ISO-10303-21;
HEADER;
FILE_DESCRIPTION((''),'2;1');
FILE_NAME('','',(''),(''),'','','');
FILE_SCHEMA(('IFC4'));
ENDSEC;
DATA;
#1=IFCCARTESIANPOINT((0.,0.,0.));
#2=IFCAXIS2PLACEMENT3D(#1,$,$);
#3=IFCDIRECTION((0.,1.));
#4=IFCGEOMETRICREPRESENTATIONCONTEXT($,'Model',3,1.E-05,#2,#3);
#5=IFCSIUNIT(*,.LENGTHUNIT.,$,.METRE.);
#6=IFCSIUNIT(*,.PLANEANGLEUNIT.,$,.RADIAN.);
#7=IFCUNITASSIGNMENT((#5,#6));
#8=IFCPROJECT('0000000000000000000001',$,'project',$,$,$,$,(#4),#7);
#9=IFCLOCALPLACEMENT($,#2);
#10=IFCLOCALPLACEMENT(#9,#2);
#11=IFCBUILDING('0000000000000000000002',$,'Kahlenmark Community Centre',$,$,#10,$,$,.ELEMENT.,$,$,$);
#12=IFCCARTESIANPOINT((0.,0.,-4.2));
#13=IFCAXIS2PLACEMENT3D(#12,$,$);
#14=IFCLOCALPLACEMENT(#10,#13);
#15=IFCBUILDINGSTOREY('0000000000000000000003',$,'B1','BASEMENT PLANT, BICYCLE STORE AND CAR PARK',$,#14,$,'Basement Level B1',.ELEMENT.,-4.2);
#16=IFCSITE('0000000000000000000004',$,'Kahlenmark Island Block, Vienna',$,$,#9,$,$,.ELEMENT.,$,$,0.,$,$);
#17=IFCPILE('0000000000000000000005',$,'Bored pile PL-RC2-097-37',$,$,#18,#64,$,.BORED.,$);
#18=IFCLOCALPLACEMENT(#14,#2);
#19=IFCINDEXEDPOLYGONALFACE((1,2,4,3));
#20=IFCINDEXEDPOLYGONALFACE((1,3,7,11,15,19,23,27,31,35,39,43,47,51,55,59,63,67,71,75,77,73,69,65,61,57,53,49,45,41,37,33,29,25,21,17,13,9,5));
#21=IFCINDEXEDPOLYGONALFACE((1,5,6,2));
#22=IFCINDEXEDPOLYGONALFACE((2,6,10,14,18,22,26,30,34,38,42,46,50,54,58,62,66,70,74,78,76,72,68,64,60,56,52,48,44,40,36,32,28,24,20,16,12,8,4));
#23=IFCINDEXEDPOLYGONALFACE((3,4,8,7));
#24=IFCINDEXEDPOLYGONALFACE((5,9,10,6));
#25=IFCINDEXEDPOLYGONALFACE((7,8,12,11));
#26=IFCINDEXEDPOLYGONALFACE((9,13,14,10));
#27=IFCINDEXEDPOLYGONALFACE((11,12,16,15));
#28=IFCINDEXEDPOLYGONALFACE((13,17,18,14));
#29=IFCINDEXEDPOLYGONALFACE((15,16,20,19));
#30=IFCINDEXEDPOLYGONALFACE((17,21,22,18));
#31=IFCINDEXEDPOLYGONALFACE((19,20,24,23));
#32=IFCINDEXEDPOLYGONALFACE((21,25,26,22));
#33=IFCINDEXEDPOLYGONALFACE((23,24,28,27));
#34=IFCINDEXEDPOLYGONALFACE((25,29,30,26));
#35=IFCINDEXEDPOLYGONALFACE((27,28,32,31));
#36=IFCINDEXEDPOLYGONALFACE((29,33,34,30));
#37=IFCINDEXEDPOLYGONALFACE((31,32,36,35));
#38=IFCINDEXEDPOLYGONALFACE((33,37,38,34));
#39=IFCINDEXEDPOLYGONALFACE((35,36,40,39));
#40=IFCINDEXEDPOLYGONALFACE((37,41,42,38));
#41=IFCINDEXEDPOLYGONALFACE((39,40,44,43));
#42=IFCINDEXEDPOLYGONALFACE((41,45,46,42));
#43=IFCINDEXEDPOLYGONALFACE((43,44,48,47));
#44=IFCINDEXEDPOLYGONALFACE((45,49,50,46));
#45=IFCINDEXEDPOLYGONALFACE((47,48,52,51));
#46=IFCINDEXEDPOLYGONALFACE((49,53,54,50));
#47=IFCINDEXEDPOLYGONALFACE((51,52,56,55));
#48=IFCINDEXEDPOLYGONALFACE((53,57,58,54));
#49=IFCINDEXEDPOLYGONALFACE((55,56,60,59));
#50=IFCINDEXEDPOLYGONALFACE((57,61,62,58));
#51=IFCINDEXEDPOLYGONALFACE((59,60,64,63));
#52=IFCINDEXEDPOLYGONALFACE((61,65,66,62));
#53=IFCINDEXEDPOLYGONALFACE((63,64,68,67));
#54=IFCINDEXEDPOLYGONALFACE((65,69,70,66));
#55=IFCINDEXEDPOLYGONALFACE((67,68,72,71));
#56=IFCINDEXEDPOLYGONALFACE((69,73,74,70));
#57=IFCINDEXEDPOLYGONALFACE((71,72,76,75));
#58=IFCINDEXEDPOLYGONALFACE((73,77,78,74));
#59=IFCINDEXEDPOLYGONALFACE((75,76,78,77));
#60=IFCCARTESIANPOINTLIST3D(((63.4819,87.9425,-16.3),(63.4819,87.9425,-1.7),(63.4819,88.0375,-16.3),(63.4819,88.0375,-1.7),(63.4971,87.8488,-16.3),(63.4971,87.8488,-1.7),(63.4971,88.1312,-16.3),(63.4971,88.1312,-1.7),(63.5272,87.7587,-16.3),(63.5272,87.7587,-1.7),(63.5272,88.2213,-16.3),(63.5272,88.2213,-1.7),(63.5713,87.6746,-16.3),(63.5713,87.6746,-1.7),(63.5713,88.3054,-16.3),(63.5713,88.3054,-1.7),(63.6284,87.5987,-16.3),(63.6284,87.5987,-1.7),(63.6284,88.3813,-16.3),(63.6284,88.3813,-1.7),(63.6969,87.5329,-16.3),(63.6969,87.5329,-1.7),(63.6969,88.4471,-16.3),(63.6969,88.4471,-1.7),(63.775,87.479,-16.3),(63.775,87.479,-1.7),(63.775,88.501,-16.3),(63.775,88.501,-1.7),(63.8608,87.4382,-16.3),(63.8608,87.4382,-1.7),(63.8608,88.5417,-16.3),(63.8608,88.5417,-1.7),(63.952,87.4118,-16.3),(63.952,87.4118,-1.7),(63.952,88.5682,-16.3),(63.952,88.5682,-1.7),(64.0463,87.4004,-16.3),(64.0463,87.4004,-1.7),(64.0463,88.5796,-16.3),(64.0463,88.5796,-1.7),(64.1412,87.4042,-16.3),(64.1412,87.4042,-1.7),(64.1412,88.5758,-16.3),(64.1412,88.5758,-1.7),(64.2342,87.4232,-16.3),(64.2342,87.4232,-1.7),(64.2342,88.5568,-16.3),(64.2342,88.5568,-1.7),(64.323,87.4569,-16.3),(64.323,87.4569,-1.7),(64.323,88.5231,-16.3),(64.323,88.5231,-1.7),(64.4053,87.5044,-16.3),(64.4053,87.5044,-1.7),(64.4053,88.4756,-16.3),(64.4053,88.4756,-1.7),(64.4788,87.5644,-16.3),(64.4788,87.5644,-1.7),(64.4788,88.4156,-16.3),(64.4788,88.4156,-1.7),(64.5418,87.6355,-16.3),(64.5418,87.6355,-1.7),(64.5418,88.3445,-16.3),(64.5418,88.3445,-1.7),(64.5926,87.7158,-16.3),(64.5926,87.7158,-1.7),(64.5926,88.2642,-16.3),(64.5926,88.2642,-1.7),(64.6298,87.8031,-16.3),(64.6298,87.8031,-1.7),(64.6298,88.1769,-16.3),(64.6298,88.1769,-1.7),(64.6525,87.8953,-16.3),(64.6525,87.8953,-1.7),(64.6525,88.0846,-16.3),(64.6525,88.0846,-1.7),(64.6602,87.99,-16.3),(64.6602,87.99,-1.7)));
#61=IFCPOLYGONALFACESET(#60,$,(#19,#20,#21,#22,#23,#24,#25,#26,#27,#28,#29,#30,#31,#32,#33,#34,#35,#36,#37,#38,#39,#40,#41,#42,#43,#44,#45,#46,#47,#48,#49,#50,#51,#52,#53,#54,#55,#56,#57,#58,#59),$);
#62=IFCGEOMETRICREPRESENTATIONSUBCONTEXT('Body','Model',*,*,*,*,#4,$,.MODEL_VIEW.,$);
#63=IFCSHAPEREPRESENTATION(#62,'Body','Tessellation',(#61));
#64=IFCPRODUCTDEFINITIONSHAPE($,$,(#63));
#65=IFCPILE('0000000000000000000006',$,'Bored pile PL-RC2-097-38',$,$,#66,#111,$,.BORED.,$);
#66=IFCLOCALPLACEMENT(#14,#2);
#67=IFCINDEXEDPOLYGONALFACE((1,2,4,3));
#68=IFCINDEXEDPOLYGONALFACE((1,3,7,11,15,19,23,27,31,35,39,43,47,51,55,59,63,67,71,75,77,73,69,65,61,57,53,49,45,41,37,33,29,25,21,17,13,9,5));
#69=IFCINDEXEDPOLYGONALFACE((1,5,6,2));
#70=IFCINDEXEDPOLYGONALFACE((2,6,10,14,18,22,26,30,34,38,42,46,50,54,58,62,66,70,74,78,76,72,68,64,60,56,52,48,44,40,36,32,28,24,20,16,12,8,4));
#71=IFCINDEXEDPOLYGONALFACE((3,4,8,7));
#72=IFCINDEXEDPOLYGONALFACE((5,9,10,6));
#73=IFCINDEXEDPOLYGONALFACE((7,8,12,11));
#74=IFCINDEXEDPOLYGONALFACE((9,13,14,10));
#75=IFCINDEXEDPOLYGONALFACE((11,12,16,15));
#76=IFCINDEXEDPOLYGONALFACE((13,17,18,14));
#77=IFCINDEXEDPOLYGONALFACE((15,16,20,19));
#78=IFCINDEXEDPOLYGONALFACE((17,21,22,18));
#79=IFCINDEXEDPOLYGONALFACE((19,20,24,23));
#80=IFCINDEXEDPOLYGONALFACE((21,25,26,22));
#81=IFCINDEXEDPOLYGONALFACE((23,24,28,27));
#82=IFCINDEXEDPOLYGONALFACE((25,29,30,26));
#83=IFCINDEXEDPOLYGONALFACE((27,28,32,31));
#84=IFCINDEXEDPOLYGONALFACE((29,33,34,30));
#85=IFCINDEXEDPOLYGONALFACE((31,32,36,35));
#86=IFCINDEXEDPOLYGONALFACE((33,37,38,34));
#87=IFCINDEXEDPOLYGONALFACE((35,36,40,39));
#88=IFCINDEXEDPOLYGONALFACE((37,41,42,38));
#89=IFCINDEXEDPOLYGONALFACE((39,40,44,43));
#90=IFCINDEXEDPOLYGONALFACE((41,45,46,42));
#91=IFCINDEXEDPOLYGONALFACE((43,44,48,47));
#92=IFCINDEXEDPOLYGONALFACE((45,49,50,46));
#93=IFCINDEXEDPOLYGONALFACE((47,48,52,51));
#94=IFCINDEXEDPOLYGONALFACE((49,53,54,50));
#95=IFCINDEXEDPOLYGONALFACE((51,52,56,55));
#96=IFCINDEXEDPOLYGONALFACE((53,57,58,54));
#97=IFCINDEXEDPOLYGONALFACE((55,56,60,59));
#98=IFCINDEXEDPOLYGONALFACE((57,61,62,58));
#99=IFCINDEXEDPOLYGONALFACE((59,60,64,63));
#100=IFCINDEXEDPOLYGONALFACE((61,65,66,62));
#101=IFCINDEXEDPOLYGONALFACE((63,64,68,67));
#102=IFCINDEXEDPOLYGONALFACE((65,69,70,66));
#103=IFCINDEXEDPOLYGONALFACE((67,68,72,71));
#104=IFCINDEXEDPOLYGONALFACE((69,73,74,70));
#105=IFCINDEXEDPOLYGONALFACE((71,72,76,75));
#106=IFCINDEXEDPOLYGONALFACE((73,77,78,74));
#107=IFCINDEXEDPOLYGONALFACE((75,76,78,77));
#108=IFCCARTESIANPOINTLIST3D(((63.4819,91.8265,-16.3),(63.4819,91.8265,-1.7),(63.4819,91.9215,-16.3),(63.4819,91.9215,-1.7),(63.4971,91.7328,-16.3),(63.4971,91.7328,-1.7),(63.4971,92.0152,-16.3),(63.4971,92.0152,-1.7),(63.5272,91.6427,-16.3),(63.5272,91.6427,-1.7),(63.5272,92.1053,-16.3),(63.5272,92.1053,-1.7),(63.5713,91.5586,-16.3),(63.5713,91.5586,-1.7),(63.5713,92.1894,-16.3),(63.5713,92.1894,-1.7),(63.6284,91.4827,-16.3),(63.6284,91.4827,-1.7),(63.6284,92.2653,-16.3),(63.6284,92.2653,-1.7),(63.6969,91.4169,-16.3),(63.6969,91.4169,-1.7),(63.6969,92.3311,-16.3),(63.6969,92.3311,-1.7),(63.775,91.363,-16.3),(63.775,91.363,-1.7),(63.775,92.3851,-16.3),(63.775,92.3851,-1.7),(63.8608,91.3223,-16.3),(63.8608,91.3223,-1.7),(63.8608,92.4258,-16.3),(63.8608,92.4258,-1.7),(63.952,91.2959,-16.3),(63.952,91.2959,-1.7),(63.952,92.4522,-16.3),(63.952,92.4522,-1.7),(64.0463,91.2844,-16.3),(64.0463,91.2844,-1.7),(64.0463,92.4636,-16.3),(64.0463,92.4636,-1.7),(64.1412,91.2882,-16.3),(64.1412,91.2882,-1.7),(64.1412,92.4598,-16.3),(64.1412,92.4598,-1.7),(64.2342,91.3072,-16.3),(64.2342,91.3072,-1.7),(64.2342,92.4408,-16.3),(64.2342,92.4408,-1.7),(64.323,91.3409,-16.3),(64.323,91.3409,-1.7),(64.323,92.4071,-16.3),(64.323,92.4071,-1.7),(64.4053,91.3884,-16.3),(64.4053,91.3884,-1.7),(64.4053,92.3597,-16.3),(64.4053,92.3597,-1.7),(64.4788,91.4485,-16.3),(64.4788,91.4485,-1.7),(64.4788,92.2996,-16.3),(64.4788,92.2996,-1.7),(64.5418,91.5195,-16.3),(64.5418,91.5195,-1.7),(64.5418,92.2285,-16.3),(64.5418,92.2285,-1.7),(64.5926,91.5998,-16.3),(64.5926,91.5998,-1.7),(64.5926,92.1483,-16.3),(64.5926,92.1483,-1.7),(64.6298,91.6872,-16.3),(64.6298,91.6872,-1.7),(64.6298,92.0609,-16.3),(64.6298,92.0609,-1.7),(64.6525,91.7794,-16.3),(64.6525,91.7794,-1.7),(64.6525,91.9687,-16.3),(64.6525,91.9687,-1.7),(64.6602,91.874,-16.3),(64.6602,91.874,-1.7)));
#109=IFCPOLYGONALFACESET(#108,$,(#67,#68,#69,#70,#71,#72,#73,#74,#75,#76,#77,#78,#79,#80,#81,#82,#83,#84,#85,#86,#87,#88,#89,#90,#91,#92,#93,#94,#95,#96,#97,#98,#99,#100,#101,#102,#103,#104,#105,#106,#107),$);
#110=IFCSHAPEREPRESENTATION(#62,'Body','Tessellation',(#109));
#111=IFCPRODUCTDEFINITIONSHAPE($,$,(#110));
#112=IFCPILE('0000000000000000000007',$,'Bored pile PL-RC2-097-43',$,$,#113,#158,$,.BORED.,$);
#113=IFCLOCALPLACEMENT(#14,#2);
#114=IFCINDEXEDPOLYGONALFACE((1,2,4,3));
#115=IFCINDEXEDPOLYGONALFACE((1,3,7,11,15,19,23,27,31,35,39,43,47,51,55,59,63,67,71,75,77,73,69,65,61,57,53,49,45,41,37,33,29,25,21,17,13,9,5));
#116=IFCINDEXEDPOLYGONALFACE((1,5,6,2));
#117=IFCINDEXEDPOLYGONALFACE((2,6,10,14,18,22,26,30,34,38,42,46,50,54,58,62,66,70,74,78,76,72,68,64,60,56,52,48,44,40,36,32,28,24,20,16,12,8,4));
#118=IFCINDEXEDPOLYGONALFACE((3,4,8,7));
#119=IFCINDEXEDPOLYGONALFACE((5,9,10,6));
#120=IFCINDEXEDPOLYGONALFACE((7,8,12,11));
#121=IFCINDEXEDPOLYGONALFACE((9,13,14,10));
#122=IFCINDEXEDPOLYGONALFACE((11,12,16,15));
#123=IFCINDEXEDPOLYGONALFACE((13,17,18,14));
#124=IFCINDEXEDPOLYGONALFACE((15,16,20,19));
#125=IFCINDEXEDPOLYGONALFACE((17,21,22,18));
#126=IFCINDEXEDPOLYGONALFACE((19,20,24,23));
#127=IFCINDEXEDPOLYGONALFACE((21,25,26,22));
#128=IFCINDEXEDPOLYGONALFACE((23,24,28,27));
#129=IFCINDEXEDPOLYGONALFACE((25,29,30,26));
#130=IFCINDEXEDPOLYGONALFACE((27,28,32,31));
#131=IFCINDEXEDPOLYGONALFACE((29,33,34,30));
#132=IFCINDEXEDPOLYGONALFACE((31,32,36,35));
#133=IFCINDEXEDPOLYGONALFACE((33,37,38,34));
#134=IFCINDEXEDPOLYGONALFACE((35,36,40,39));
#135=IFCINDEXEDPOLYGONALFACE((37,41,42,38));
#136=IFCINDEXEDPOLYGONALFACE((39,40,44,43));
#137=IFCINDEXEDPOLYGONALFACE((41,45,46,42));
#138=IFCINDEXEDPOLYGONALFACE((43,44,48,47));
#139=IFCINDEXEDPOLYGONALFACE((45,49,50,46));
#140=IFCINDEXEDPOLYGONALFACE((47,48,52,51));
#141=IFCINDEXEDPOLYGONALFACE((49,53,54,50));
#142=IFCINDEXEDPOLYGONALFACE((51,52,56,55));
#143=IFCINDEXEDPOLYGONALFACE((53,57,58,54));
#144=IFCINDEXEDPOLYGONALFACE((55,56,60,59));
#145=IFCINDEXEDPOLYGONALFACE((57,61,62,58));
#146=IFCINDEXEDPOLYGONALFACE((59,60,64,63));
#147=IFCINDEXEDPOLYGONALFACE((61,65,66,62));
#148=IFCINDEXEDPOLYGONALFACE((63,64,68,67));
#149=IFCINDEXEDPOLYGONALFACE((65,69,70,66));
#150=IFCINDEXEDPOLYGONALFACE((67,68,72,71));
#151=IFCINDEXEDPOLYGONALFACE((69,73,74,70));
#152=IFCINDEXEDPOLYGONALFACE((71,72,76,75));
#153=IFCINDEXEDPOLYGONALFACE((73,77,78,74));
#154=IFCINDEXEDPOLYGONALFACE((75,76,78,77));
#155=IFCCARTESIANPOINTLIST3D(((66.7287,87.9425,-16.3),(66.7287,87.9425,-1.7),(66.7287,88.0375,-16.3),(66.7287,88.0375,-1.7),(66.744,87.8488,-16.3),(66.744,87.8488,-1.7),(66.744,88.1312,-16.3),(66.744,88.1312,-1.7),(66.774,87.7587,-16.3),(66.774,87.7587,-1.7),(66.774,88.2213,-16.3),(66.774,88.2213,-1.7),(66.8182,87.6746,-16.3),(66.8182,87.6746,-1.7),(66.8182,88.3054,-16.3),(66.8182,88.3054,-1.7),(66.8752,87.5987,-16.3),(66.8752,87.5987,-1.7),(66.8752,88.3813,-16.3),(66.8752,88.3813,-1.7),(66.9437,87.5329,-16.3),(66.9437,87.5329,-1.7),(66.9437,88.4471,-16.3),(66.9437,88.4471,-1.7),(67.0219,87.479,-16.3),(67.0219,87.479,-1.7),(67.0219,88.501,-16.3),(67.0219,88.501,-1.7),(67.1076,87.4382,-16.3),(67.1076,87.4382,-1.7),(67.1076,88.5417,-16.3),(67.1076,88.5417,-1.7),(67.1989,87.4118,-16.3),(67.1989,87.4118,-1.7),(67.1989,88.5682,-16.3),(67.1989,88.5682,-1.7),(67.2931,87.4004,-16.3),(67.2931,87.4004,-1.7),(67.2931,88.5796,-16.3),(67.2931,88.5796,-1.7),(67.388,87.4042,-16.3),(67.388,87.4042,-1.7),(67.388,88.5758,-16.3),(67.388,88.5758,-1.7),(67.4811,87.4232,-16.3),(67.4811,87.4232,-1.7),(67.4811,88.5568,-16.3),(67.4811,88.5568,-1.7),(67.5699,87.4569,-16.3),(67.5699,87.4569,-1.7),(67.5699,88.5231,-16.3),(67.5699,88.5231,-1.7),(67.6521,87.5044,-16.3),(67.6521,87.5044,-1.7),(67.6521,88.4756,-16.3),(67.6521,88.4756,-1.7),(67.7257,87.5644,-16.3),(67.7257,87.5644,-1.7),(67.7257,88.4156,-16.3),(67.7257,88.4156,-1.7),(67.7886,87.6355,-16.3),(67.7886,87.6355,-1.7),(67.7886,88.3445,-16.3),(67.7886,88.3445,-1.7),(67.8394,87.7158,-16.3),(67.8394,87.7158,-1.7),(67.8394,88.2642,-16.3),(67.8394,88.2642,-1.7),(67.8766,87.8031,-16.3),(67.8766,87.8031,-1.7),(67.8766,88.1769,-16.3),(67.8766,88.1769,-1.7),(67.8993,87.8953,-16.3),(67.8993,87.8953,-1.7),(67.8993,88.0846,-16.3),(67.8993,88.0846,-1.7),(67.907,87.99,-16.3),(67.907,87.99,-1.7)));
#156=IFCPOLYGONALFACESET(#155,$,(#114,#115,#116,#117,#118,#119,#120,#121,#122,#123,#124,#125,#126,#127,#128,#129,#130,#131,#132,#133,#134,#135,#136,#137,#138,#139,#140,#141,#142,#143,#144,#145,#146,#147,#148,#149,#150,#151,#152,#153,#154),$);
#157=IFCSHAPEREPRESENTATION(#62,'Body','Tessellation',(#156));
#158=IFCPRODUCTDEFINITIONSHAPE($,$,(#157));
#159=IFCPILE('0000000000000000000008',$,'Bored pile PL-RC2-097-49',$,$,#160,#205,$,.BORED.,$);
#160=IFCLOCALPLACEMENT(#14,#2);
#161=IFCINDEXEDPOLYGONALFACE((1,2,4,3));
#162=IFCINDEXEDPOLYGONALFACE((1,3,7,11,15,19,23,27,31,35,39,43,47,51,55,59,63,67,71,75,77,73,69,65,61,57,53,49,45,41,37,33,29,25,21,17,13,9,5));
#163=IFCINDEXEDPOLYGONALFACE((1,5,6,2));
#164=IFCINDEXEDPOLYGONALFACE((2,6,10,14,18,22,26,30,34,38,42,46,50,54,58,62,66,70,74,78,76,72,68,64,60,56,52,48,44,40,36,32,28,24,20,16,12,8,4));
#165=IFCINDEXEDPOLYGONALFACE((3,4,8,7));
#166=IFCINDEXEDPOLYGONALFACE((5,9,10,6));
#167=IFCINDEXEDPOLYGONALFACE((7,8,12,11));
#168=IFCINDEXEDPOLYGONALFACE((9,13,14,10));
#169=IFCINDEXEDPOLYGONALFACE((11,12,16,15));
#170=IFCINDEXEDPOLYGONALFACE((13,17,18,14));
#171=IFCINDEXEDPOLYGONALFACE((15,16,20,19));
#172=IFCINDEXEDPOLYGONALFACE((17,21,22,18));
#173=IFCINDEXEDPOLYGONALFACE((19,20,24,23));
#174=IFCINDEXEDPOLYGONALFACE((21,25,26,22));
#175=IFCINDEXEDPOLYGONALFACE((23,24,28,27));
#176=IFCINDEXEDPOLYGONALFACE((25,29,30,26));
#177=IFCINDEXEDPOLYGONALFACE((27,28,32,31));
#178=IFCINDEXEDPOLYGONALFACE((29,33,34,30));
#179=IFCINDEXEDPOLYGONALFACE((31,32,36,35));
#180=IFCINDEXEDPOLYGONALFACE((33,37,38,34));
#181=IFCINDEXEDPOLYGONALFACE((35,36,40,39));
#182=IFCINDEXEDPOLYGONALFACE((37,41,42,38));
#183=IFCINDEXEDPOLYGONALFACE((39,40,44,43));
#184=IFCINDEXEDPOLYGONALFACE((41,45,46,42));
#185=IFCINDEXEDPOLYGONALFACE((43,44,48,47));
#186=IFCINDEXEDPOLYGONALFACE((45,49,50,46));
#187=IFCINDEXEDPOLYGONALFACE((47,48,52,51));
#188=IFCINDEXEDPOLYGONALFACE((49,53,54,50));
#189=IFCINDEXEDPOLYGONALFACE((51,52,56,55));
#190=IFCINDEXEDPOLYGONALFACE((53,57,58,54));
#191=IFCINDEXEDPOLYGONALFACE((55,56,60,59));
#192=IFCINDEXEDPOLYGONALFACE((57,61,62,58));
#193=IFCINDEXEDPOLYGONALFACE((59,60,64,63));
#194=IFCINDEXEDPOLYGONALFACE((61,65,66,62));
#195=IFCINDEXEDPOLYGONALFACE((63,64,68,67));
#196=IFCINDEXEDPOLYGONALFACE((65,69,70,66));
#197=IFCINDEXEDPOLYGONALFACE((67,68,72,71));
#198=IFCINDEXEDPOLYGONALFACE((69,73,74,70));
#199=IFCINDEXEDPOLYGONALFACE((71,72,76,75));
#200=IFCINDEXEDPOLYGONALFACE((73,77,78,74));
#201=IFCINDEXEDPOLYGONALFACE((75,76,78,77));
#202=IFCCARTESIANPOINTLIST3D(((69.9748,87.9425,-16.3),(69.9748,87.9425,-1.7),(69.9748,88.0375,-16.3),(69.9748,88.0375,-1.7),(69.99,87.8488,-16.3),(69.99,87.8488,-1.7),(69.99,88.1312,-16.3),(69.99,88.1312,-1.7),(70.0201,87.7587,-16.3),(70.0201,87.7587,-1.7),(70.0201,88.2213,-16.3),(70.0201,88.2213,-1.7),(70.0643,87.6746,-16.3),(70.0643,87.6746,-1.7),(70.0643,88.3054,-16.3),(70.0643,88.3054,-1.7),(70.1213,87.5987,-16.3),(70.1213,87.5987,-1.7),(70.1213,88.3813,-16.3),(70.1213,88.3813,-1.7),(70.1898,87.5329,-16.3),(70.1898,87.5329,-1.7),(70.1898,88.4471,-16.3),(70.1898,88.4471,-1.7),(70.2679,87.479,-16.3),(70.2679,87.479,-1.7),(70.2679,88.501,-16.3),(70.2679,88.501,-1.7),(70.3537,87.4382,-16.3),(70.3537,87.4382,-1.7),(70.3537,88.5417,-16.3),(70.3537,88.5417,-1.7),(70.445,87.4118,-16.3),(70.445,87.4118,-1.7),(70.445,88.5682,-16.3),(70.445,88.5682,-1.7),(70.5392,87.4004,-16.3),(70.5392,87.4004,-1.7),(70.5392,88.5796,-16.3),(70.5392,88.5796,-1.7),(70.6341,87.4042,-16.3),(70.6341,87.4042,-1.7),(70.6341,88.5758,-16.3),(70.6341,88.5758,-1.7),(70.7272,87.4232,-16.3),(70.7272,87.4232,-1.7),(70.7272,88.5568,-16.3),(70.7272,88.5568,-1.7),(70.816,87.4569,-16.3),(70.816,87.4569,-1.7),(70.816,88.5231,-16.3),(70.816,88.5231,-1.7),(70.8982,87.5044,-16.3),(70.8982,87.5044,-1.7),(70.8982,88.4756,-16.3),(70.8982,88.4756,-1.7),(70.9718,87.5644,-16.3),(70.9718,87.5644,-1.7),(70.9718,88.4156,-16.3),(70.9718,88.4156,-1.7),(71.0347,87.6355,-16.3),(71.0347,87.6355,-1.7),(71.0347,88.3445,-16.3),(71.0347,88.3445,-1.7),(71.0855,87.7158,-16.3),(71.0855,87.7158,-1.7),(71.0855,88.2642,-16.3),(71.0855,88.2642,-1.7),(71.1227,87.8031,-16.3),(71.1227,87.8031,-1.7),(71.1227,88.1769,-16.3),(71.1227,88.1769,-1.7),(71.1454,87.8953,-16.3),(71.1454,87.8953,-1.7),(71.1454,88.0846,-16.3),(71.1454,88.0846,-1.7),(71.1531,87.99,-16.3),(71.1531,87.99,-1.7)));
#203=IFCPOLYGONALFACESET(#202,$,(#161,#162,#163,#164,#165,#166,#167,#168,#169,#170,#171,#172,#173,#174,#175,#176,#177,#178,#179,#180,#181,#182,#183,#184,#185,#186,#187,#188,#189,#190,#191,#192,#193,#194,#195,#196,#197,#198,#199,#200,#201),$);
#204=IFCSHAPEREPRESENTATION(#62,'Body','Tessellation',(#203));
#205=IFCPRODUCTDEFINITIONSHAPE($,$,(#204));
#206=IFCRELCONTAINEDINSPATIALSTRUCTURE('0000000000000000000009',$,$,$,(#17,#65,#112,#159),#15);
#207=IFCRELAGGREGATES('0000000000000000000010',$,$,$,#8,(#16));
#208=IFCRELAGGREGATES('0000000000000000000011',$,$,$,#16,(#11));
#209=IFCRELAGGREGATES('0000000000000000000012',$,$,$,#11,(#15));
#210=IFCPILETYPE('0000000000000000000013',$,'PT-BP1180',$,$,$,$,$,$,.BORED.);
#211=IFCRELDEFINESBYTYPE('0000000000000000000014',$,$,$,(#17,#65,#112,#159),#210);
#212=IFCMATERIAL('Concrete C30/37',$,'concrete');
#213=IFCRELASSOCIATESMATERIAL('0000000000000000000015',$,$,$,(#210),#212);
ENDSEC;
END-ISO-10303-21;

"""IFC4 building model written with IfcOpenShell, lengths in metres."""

from ifc_helpers import new_model, si_unit, direction, frame, origin, origin_2d, place, context, subcontext, project, spatial, circle, extrude, material, material_profile, profile_set, type_object, element, save


model = new_model("IFC4")

# Units and contexts
model_context = context("Model", 3, precision=1e-05, world=origin(), true_north=direction((0.0, 1.0)))
body_context = subcontext(model_context, "Body", "Model", "MODEL_VIEW")
ifc_project = project(units=[si_unit("LENGTHUNIT", "METRE"), si_unit("PLANEANGLEUNIT", "RADIAN")], contexts=[model_context])

# Site, building, storey
site_placement = place(None, origin())
site = spatial("IfcSite", under=ifc_project, at=site_placement, Name="Kahlenmark Island Block, Vienna", CompositionType="ELEMENT", RefElevation=0.0)
building_placement = place(site_placement, origin())
building = spatial("IfcBuilding", under=site, at=building_placement, Name="Kahlenmark Community Centre", CompositionType="ELEMENT")
storey_placement = place(building_placement, frame((0.0, 0.0, -4.2)))
storey = spatial("IfcBuildingStorey", under=building, at=storey_placement, Name="B1", Description="BASEMENT PLANT, BICYCLE STORE AND CAR PARK", LongName="Basement Level B1", CompositionType="ELEMENT", Elevation=-4.2)

# Shared definitions
ifc_material_1 = material(Name="Concrete C30/37", Category="concrete")

# Piles
ifc_material_profile_1 = material_profile(ifc_material_1, circle(Radius=0.5901, at=origin_2d()), Name="BORED PILE 1180")
ifc_profile_set_1 = profile_set([ifc_material_profile_1], Name="Concrete C30/37")
pile_type_1 = type_object("IfcPileType", Name="PT-BP1180", PredefinedType="BORED", material=ifc_profile_set_1)
for number, where, z_axis, x_axis, name in (
    (1, (64.0701, 87.99, -1.7), (0.0, 0.0, -1.0), (1.0, 0.0, 0.0), "Bored pile PL-RC2-097-37"),
    (2, (64.0701, 91.874, -1.7), (0.0, 0.0, -1.0), (1.0, 0.0, 0.0), "Bored pile PL-RC2-097-38"),
    (3, (67.3169, 87.99, -1.7), (0.0, 0.0, -1.0), (1.0, 0.0, 0.0), "Bored pile PL-RC2-097-43"),
    (4, (70.563, 87.99, -1.7), (0.0, 0.0, -1.0), (1.0, 0.0, 0.0), "Bored pile PL-RC2-097-49"),
):
    element("IfcPile", number, at=place(storey_placement, frame(where, z_axis=z_axis, x_axis=x_axis)), inside=storey, type_object=pile_type_1, Name=name, PredefinedType="BORED", context=body_context, shape_type="SweptSolid", body=[
        extrude(circle(Radius=0.5901, at=origin_2d()), origin(), (0.0, 0.0, 1.0), 14.6001),
    ])

save(model, "model.ifc")
